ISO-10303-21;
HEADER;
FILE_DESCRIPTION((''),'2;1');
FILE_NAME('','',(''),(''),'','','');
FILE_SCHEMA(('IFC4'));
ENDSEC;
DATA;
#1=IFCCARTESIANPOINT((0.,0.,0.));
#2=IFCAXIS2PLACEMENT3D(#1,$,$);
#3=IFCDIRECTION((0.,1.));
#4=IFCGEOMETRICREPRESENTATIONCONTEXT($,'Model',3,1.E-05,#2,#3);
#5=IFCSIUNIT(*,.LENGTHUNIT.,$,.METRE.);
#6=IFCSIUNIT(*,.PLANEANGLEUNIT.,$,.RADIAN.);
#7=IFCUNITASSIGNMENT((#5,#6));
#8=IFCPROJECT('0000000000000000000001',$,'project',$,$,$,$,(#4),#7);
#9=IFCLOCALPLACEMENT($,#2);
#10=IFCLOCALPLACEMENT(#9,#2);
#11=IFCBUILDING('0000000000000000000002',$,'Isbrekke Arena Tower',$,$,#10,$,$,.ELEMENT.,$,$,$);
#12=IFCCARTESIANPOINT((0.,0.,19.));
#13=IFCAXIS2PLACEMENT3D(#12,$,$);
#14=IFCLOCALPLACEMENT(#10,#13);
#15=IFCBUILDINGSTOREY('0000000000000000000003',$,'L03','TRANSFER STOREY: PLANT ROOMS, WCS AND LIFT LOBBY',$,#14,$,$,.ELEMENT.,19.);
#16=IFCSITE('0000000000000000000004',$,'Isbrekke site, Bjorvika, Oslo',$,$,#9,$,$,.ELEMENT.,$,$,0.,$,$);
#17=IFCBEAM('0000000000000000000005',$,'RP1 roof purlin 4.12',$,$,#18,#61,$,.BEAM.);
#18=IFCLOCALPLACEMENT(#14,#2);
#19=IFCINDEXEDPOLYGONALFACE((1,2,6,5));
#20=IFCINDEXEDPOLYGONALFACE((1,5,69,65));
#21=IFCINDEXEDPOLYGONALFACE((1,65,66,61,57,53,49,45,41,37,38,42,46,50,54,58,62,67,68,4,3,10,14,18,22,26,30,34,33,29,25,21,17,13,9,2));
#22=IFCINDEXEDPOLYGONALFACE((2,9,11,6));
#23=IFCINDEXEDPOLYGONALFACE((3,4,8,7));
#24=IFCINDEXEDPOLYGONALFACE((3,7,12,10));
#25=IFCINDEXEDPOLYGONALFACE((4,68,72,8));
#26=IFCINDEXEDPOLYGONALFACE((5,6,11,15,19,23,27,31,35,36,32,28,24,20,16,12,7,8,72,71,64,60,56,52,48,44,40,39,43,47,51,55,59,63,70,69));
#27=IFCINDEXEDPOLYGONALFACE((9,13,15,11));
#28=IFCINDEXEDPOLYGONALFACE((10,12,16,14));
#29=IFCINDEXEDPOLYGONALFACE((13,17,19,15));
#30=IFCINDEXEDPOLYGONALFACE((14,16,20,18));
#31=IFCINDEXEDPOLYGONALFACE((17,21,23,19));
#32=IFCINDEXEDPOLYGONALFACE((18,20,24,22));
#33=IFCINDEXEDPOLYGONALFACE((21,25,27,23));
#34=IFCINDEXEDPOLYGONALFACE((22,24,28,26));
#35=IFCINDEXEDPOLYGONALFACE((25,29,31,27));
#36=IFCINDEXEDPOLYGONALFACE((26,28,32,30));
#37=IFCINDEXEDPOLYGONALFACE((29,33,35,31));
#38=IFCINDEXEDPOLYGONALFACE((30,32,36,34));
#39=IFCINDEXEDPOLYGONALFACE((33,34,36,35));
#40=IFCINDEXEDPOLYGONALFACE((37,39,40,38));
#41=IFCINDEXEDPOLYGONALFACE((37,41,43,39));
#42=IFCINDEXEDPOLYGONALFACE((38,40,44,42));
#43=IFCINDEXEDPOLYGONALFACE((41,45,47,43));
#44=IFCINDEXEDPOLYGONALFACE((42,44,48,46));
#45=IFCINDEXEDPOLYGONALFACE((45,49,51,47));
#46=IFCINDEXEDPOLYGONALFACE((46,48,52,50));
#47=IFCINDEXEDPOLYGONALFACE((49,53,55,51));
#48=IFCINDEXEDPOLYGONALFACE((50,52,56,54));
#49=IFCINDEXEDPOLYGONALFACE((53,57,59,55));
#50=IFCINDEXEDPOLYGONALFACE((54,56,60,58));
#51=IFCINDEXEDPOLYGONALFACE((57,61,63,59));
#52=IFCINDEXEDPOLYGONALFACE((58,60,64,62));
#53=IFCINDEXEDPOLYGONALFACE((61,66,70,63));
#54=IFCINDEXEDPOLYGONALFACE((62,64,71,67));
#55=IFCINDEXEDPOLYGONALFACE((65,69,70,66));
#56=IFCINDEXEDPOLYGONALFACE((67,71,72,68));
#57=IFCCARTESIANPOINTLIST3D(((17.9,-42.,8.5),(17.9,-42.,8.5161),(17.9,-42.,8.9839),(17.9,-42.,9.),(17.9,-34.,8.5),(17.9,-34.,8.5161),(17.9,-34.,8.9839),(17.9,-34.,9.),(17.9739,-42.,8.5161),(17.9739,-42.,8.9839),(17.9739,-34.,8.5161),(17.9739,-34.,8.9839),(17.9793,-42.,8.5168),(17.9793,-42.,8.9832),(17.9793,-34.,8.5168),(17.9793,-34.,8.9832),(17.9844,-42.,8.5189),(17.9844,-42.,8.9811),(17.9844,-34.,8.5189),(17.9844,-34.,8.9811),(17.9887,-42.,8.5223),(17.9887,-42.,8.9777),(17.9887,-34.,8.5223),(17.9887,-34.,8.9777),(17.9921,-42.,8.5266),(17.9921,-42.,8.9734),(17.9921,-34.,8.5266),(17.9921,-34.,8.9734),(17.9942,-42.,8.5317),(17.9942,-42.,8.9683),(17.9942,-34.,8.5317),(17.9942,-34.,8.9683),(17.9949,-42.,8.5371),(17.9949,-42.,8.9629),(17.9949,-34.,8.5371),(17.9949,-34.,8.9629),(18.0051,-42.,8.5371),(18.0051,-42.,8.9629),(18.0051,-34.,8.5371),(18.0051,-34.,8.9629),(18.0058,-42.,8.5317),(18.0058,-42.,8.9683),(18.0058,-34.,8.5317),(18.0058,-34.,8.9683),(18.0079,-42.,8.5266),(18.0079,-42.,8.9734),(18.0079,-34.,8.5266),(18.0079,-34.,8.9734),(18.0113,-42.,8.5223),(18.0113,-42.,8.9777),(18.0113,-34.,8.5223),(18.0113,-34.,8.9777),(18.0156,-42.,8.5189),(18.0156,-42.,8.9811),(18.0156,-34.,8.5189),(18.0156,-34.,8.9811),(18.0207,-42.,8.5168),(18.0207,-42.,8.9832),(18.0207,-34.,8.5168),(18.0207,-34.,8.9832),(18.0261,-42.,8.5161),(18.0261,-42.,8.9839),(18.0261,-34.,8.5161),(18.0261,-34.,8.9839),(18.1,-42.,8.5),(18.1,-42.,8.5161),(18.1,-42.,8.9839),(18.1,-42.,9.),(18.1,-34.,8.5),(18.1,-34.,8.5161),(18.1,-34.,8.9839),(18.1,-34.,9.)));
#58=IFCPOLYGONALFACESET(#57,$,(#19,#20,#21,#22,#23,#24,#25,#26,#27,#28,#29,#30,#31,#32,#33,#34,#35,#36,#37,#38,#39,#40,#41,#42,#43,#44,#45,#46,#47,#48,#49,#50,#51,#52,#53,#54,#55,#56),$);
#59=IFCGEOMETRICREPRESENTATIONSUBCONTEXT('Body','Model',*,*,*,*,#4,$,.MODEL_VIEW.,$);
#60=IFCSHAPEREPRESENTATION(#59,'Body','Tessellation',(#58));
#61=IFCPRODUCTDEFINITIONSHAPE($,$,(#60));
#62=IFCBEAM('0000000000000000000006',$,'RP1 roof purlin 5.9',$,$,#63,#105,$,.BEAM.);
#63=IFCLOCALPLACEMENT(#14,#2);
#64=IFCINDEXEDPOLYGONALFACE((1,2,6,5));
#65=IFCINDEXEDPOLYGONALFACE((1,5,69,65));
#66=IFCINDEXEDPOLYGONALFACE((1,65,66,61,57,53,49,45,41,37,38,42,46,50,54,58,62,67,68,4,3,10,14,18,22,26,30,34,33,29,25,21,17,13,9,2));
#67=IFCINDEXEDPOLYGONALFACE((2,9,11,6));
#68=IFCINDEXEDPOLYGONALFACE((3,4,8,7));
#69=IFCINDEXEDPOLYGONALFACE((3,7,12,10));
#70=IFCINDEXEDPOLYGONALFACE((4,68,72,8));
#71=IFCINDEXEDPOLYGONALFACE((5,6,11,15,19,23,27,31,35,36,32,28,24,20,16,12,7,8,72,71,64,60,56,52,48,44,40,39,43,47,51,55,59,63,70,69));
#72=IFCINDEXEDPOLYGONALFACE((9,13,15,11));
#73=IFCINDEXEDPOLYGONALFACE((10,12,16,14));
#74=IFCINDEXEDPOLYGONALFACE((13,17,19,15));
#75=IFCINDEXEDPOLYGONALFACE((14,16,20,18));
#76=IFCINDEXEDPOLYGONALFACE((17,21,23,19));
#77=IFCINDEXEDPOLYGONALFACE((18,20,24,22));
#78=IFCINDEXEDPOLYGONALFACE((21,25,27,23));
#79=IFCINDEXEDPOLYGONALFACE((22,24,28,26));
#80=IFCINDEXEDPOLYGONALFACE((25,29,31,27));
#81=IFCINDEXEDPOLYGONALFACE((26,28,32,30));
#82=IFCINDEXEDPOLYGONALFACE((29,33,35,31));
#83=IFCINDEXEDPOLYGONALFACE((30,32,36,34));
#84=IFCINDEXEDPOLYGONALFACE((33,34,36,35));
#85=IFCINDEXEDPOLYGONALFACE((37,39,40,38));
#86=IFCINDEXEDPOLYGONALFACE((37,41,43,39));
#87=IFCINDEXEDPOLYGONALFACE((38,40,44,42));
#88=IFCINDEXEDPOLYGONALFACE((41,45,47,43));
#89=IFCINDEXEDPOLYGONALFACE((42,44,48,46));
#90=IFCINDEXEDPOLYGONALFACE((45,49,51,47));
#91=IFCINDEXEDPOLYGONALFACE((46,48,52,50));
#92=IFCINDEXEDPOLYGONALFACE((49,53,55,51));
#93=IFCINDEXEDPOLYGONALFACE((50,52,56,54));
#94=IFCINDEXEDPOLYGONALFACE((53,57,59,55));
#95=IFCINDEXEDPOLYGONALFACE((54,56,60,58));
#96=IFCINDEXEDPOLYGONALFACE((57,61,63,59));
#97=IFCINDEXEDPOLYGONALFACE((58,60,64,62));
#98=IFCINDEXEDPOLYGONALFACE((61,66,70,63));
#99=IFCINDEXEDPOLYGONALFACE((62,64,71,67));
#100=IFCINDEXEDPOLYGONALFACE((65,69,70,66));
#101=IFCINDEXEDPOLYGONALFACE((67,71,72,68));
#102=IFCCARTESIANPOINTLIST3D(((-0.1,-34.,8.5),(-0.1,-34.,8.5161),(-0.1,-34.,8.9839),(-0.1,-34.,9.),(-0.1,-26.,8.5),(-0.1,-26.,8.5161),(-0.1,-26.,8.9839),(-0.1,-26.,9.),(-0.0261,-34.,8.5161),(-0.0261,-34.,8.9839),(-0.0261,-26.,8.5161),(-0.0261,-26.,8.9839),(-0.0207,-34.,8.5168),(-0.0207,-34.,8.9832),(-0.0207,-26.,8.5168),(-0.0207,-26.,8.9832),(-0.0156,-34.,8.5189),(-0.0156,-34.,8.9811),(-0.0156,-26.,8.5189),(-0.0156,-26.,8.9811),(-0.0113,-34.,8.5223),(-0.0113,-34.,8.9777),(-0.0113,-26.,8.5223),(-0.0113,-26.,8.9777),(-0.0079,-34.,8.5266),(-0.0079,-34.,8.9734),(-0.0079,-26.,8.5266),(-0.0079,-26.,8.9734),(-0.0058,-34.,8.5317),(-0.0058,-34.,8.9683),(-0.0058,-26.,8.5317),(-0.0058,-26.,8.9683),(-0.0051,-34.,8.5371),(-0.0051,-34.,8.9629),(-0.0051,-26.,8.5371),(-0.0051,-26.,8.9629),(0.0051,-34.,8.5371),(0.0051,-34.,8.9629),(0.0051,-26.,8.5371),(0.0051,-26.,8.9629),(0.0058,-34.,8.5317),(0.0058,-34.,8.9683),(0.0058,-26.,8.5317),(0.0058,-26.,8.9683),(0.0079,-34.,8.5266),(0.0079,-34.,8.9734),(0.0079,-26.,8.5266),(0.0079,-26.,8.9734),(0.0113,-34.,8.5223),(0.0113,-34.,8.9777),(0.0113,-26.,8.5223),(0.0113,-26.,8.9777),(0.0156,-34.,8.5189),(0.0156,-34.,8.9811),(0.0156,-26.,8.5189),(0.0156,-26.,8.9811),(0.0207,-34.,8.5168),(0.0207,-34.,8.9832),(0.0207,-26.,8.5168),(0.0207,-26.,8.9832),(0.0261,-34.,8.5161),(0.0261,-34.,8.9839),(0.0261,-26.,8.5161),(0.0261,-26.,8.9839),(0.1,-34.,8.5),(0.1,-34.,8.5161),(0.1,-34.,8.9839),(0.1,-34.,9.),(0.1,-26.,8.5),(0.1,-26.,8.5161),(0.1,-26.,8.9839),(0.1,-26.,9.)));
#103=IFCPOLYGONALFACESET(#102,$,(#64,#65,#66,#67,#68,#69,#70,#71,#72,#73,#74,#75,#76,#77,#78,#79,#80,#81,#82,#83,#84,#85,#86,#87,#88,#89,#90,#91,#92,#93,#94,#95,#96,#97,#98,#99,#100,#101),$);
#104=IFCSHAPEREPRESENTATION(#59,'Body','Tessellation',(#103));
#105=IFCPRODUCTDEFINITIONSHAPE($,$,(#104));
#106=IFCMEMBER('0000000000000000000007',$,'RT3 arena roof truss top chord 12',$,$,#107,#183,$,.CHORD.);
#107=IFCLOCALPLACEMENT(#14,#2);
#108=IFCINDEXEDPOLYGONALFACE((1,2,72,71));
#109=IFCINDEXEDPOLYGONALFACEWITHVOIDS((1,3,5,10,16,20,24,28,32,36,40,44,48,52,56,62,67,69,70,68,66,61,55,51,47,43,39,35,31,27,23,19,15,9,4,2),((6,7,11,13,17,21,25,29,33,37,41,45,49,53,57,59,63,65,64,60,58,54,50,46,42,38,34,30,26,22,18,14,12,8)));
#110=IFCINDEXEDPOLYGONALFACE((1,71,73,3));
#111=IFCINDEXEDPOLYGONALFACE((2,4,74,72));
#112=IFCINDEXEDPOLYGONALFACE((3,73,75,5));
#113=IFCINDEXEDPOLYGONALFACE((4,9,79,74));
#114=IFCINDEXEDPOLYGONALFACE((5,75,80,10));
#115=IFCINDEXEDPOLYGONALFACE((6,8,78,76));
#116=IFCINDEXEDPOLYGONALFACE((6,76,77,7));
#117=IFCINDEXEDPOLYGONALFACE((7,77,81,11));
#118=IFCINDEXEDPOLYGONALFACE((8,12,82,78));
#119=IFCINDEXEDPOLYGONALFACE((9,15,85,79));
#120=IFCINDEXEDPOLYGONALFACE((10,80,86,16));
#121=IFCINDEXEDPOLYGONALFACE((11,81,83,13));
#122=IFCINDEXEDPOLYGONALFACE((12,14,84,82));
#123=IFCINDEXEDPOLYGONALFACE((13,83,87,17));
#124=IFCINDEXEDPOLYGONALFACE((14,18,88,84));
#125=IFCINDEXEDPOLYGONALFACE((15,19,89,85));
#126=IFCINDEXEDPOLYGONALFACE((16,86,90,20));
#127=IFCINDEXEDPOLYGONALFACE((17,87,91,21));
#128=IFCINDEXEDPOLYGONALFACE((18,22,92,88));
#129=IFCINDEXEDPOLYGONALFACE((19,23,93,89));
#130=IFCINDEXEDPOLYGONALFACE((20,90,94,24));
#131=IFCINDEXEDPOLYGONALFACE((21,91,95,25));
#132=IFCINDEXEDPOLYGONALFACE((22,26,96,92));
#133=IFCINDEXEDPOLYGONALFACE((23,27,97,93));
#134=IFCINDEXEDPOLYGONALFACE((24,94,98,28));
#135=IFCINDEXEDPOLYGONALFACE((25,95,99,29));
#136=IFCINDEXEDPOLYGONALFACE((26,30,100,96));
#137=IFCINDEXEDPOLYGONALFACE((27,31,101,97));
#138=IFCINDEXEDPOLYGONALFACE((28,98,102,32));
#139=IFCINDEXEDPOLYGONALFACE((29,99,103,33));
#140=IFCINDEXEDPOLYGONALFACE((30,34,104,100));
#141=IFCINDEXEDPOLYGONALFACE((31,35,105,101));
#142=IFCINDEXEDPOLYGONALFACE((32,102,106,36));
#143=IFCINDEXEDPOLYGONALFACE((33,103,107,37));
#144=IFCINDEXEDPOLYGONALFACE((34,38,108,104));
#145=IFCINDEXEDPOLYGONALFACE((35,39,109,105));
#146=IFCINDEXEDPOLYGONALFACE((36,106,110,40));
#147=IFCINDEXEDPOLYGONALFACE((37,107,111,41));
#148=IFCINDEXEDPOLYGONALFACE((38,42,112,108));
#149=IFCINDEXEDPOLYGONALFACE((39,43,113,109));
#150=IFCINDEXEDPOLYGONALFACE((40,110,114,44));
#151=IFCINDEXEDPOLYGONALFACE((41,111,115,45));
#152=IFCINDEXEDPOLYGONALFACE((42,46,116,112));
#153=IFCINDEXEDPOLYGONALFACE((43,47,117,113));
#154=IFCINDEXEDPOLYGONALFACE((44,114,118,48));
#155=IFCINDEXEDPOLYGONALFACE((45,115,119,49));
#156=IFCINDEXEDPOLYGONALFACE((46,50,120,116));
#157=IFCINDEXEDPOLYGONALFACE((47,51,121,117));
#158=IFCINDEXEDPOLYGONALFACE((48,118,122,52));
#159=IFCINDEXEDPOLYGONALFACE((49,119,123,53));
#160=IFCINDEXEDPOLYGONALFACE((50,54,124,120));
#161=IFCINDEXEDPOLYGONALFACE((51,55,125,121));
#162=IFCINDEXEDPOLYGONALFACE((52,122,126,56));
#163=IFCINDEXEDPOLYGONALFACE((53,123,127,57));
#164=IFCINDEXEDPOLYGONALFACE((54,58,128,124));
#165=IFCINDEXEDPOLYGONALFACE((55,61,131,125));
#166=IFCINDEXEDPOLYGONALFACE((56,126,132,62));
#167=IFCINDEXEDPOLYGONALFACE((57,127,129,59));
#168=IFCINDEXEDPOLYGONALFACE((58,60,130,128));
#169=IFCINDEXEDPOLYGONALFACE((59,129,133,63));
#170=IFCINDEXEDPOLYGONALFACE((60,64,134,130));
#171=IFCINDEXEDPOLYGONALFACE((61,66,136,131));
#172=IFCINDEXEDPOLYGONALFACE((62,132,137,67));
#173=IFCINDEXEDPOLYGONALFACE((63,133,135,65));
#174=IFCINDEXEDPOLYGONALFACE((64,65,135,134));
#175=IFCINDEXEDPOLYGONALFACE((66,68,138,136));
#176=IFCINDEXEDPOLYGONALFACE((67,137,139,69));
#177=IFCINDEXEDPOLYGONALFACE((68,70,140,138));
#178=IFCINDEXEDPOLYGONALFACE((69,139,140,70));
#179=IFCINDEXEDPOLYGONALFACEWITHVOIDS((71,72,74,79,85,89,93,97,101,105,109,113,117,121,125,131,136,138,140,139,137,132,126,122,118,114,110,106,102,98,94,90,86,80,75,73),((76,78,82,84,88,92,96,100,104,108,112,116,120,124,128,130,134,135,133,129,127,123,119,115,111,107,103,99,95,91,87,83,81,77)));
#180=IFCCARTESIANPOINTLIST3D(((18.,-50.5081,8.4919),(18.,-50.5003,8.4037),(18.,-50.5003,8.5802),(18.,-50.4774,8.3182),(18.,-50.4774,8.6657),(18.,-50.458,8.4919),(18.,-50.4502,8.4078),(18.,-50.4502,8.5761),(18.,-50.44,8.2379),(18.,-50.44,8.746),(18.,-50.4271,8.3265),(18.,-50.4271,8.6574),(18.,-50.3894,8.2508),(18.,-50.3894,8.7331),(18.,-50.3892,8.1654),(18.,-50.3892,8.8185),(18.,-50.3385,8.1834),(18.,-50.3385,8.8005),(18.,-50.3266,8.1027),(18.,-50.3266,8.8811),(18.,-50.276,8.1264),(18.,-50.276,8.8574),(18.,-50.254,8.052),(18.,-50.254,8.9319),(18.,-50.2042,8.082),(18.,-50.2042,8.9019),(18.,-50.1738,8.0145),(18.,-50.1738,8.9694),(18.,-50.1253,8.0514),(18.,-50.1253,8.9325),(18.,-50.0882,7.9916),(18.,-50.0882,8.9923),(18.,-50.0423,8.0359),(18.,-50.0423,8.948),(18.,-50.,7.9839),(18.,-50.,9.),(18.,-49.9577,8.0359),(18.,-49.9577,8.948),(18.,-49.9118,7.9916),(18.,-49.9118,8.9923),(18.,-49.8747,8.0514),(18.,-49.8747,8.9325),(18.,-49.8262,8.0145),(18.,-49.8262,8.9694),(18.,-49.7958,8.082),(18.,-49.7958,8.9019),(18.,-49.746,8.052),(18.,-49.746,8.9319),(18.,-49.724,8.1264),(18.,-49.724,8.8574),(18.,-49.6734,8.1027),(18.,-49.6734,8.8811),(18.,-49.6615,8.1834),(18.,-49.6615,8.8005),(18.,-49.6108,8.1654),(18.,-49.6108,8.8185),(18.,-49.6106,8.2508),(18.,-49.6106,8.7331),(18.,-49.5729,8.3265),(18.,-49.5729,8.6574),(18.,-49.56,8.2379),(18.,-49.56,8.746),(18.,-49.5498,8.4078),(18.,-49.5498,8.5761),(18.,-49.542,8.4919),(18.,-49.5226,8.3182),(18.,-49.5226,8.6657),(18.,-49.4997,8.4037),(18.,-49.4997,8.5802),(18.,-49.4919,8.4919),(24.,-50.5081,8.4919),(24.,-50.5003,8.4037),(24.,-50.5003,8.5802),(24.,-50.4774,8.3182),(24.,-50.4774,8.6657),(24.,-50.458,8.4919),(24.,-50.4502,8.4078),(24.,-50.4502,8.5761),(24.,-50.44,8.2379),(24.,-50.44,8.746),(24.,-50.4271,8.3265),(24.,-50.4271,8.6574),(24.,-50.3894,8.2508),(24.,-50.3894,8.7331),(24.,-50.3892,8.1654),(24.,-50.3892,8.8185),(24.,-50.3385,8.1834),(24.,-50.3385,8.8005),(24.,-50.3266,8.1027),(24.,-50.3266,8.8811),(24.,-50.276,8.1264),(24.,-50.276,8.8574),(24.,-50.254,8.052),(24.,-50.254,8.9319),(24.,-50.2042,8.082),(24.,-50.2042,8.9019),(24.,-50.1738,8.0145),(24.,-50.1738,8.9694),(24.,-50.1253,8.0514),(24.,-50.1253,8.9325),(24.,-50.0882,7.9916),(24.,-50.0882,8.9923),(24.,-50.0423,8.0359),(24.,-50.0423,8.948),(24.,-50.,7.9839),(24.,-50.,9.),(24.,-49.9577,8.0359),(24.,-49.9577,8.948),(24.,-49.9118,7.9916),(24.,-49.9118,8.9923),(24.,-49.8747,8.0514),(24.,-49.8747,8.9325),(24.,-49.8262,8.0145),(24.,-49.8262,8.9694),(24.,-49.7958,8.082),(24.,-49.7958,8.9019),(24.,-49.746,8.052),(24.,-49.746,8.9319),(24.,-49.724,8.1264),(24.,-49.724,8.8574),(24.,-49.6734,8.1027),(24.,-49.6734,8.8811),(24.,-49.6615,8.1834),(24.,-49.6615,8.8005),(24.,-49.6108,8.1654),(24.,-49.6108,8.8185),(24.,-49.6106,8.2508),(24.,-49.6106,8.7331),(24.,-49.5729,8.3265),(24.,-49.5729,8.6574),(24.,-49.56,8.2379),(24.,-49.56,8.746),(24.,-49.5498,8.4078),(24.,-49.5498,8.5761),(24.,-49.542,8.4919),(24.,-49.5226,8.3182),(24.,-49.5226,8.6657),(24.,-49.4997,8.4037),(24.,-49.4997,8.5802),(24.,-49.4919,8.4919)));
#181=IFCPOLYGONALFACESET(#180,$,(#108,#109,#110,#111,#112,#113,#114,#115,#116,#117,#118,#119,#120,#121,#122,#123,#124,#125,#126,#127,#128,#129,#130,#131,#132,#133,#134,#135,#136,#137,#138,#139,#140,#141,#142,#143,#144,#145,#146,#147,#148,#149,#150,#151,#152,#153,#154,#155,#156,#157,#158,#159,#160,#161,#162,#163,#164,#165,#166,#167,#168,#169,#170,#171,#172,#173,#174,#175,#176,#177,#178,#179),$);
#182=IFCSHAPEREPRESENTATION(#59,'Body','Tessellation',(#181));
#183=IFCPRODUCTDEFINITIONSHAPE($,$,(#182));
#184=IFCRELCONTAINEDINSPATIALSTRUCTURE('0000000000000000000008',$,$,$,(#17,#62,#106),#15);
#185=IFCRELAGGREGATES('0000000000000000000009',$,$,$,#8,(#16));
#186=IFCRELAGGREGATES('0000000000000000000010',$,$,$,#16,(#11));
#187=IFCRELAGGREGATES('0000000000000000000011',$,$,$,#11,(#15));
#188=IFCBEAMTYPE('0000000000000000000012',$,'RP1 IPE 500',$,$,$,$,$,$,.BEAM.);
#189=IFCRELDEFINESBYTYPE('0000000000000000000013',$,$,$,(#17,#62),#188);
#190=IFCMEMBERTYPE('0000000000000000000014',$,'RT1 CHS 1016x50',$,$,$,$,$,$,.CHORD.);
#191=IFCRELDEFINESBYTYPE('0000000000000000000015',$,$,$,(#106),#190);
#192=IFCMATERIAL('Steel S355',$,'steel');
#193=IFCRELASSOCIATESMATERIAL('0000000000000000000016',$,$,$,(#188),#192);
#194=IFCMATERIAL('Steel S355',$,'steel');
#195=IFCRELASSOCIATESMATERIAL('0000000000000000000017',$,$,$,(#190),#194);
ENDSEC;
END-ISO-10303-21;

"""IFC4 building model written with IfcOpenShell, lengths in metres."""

from ifc_helpers import new_model, si_unit, direction, frame, origin, origin_2d, place, context, subcontext, project, spatial, hollow_circle, i_section, extrude, material, material_profile, profile_set, type_object, element, save


model = new_model("IFC4")

# Units and contexts
model_context = context("Model", 3, precision=1e-05, world=origin(), true_north=direction((0.0, 1.0)))
body_context = subcontext(model_context, "Body", "Model", "MODEL_VIEW")
ifc_project = project(units=[si_unit("LENGTHUNIT", "METRE"), si_unit("PLANEANGLEUNIT", "RADIAN")], contexts=[model_context])

# Site, building, storey
site_placement = place(None, origin())
site = spatial("IfcSite", under=ifc_project, at=site_placement, Name="Isbrekke site, Bjorvika, Oslo", CompositionType="ELEMENT", RefElevation=0.0)
building_placement = place(site_placement, origin())
building = spatial("IfcBuilding", under=site, at=building_placement, Name="Isbrekke Arena Tower", CompositionType="ELEMENT")
storey_placement = place(building_placement, frame((0.0, 0.0, 19.0)))
storey = spatial("IfcBuildingStorey", under=building, at=storey_placement, Name="L03", Description="TRANSFER STOREY: PLANT ROOMS, WCS AND LIFT LOBBY", CompositionType="ELEMENT", Elevation=19.0)

# Beams
ifc_material_1 = material(Name="Steel S355", Category="steel")
ifc_material_profile_1 = material_profile(ifc_material_1, i_section(OverallWidth=0.2, OverallDepth=0.5, WebThickness=0.0103, FlangeThickness=0.0161, FilletRadius=0.021, at=origin_2d()), Name="IPE 500")
ifc_profile_set_1 = profile_set([ifc_material_profile_1], Name="Steel S355")
beam_type = type_object("IfcBeamType", Name="RP1 IPE 500", PredefinedType="BEAM", material=ifc_profile_set_1)
for number, where, z_axis, x_axis, name in (
    (1, (18.0, -42.0, 8.75), (0.0, 1.0, 0.0), (-1.0, 0.0, 0.0), "RP1 roof purlin 4.12"),
    (2, (0.0, -34.0, 8.75), (0.0, 1.0, 0.0), (-1.0, 0.0, 0.0), "RP1 roof purlin 5.9"),
):
    element("IfcBeam", number, at=place(storey_placement, frame(where, z_axis=z_axis, x_axis=x_axis)), inside=storey, type_object=beam_type, Name=name, PredefinedType="BEAM", context=body_context, shape_type="SweptSolid", body=[
        extrude(i_section(OverallWidth=0.2, OverallDepth=0.5, WebThickness=0.0103, FlangeThickness=0.0161, FilletRadius=0.021, at=origin_2d()), origin(), (0.0, 0.0, 1.0), 8.0),
    ])

# Member
ifc_material_2 = material(Name="Steel S355", Category="steel")
ifc_material_profile_2 = material_profile(ifc_material_2, hollow_circle(Radius=0.5081, WallThickness=0.05, at=origin_2d()), Name="CHS 1016x50")
ifc_profile_set_2 = profile_set([ifc_material_profile_2], Name="Steel S355")
member_type_1 = type_object("IfcMemberType", Name="RT1 CHS 1016x50", PredefinedType="CHORD", material=ifc_profile_set_2)
for number, where, z_axis, x_axis, name in (
    (3, (18.0, -50.0, 8.4919), (1.0, 0.0, 0.0), (0.0, 1.0, 0.0), "RT3 arena roof truss top chord 12"),
):
    element("IfcMember", number, at=place(storey_placement, frame(where, z_axis=z_axis, x_axis=x_axis)), inside=storey, type_object=member_type_1, Name=name, PredefinedType="CHORD", context=body_context, shape_type="SweptSolid", body=[
        extrude(hollow_circle(Radius=0.5081, WallThickness=0.05, at=origin_2d()), origin(), (0.0, 0.0, 1.0), 6.0),
    ])

save(model, "model.ifc")
